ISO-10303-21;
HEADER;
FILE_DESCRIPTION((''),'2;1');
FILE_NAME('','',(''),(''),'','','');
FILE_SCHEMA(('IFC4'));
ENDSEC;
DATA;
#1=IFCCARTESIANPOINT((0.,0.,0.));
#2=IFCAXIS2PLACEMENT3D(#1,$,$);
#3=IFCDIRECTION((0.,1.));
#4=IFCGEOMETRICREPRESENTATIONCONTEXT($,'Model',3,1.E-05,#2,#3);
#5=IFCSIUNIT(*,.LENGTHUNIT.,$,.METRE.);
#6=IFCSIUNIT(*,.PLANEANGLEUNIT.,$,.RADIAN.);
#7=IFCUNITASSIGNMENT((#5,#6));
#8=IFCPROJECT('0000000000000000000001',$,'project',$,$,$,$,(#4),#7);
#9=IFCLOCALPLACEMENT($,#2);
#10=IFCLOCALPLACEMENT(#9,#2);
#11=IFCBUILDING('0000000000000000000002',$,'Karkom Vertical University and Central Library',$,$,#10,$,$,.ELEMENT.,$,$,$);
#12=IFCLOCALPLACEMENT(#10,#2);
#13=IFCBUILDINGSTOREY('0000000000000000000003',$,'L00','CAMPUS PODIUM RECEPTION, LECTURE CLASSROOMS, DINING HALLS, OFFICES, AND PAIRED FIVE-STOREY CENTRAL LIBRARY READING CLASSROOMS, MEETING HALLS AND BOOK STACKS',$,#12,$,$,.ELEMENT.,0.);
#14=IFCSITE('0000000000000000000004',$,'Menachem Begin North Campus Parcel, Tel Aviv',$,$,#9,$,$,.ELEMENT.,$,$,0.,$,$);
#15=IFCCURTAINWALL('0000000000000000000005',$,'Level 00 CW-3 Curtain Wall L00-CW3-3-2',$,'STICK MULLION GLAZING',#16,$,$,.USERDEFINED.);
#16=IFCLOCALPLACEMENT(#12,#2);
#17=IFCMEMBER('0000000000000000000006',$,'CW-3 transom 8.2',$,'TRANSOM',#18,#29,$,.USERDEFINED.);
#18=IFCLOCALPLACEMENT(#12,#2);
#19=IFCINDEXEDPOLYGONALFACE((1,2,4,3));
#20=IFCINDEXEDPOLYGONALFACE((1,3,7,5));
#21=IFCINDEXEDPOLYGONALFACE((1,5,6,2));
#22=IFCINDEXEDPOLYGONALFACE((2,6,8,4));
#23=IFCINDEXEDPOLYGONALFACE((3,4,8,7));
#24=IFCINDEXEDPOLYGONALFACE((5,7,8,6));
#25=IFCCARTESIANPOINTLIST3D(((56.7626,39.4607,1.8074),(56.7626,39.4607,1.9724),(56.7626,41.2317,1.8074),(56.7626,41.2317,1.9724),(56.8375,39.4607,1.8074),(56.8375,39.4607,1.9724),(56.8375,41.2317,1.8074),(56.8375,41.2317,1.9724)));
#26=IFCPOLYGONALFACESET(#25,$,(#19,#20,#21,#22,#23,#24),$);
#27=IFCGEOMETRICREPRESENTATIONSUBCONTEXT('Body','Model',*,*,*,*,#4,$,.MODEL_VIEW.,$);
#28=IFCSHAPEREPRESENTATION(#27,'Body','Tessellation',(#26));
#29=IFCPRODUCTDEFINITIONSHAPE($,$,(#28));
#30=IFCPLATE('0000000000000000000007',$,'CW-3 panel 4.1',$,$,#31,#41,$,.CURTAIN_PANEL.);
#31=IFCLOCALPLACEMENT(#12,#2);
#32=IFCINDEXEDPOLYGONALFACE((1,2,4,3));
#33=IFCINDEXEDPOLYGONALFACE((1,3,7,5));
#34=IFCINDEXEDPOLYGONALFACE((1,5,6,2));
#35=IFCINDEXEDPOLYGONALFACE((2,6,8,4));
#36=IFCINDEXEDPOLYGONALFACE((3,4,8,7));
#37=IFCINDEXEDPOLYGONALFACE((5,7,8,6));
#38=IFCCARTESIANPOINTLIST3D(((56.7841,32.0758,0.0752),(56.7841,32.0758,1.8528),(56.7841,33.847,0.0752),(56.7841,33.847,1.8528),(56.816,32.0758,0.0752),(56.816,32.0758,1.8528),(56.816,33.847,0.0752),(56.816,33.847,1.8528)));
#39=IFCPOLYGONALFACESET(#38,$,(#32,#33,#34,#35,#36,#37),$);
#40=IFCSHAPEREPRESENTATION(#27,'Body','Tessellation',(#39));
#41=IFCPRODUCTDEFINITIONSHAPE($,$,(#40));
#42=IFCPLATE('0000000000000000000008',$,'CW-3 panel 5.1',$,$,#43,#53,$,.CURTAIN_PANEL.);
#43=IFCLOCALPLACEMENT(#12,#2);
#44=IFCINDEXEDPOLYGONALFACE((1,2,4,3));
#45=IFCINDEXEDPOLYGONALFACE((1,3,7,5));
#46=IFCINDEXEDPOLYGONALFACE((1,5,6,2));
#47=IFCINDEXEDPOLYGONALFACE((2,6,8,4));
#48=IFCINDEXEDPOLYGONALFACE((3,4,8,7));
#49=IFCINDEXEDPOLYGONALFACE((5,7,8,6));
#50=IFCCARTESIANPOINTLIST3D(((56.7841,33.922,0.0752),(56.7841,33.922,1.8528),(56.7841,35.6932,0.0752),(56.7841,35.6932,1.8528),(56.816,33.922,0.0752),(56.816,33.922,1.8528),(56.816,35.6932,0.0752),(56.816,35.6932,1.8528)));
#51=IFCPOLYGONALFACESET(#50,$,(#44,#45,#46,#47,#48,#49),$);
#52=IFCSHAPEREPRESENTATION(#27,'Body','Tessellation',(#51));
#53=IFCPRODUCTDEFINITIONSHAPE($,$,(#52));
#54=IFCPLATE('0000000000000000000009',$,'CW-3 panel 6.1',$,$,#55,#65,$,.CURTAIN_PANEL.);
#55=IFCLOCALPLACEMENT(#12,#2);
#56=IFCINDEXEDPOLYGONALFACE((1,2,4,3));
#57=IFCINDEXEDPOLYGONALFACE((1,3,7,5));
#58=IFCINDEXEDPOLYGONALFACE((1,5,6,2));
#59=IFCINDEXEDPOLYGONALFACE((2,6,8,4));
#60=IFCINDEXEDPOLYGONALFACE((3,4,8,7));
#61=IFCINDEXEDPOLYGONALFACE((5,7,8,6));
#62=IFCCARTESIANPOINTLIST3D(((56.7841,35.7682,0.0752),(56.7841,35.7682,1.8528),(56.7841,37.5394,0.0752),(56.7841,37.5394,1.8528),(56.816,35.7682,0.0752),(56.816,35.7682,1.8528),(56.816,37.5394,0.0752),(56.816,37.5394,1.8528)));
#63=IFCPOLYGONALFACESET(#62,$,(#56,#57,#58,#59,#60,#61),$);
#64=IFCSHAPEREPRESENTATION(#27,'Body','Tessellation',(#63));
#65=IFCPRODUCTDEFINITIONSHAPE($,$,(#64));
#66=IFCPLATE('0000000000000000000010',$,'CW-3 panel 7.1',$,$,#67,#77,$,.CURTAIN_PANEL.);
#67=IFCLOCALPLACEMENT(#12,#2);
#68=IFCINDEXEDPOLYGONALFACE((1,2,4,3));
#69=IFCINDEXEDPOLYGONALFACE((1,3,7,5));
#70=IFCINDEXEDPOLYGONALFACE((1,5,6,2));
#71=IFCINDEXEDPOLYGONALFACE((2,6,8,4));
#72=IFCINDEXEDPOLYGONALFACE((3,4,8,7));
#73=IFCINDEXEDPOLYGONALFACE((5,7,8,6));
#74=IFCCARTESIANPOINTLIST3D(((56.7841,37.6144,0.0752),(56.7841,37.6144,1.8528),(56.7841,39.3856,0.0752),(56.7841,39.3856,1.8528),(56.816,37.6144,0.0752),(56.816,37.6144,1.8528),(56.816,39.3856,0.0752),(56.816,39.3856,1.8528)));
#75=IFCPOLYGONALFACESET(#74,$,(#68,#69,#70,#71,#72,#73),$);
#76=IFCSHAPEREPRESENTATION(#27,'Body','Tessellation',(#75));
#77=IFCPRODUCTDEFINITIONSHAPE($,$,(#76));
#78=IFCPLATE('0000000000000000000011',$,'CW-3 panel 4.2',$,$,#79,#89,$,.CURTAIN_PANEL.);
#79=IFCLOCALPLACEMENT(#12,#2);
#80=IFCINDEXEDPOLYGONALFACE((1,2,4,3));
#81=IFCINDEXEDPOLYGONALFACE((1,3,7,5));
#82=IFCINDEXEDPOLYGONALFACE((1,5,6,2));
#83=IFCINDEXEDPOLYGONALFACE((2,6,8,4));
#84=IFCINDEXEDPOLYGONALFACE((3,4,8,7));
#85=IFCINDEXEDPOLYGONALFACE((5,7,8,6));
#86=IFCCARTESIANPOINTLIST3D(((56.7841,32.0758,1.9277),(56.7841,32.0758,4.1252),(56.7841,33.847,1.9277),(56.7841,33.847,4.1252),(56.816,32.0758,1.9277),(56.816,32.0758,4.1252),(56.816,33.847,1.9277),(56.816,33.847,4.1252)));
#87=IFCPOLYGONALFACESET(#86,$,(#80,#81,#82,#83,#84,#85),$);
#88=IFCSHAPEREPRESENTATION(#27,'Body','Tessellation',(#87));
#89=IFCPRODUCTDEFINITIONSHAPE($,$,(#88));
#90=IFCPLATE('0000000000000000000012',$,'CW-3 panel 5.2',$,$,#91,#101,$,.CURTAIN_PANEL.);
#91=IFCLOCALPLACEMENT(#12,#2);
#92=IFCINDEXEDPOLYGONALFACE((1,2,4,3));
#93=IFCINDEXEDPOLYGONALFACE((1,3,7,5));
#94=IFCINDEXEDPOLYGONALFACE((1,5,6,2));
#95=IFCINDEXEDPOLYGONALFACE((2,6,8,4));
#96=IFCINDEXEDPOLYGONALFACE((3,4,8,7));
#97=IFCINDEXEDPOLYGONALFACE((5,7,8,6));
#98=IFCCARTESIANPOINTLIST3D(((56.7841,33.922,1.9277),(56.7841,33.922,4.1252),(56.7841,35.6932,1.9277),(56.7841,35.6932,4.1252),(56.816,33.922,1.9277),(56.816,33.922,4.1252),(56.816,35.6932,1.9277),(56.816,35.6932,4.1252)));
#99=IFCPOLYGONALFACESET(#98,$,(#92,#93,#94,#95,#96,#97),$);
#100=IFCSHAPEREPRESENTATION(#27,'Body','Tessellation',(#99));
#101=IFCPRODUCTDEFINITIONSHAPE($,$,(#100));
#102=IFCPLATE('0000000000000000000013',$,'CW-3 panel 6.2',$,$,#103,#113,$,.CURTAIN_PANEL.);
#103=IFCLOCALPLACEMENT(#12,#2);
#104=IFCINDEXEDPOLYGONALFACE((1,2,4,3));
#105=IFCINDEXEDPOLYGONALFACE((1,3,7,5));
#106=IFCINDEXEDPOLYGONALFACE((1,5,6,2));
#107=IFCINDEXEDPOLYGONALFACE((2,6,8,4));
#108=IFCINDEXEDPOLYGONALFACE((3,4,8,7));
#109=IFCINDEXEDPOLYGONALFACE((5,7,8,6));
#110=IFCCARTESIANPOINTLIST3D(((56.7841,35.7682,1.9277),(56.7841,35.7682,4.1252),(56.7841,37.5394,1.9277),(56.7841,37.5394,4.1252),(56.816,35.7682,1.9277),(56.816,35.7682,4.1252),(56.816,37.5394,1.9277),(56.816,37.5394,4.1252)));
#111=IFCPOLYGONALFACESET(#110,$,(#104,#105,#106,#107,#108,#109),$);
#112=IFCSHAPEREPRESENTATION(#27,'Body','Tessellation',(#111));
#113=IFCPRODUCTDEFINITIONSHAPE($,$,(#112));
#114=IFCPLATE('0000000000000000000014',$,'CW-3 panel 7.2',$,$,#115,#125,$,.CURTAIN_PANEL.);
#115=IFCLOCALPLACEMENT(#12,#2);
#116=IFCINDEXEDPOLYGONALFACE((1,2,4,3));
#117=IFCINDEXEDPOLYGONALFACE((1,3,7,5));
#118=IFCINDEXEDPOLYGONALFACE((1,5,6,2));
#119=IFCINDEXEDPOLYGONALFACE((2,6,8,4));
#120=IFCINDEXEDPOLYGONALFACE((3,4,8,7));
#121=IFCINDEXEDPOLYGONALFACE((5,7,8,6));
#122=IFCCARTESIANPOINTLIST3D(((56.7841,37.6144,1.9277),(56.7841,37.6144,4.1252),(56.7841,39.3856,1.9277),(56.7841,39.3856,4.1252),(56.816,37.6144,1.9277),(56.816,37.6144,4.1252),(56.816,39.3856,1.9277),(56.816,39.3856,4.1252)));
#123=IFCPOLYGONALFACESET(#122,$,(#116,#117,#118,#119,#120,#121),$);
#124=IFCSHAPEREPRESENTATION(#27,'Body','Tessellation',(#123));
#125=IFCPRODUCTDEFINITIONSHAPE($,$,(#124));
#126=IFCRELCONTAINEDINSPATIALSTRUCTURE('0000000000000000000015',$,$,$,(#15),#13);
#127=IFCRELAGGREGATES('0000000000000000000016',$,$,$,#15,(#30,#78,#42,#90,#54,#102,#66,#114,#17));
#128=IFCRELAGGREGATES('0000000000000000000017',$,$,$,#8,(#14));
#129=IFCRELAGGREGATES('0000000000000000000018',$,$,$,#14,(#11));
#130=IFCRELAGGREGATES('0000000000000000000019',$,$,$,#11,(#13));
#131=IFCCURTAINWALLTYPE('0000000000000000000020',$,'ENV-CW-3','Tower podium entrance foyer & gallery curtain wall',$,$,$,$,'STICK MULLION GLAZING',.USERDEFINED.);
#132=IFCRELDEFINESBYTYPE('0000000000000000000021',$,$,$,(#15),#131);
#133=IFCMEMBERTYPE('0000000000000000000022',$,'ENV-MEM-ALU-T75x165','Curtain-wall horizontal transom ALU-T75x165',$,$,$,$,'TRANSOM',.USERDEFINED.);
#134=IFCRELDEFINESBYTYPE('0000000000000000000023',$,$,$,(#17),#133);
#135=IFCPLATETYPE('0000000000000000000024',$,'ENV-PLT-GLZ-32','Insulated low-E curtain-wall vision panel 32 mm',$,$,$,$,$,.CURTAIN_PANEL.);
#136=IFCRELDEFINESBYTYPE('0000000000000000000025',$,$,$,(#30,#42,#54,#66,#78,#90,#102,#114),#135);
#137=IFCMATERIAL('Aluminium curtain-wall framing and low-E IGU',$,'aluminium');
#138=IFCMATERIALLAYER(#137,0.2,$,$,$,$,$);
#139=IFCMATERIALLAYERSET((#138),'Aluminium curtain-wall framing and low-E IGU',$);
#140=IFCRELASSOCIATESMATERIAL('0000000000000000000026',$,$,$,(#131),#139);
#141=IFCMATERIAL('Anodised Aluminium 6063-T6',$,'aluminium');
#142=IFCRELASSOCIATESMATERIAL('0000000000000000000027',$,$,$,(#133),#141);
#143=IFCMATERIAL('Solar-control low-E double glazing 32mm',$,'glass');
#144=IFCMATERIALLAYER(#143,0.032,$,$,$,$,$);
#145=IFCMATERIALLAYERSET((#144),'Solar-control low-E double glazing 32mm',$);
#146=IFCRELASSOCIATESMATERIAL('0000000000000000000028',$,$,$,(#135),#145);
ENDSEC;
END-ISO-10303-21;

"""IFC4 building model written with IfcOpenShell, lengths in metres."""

from ifc_helpers import new_model, si_unit, direction, frame, origin, origin_with_axes, origin_2d, place, context, subcontext, project, spatial, rectangle, extrude, source, transform, mapped, material, layer, layer_set, material_profile, profile_set, type_object, element, aggregate, save


model = new_model("IFC4")

# Units and contexts
model_context = context("Model", 3, precision=1e-05, world=origin(), true_north=direction((0.0, 1.0)))
body_context = subcontext(model_context, "Body", "Model", "MODEL_VIEW")
ifc_project = project(units=[si_unit("LENGTHUNIT", "METRE"), si_unit("PLANEANGLEUNIT", "RADIAN")], contexts=[model_context])

# Site, building, storey
site_placement = place(None, origin())
site = spatial("IfcSite", under=ifc_project, at=site_placement, Name="Menachem Begin North Campus Parcel, Tel Aviv", CompositionType="ELEMENT", RefElevation=0.0)
building_placement = place(site_placement, origin())
building = spatial("IfcBuilding", under=site, at=building_placement, Name="Karkom Vertical University and Central Library", CompositionType="ELEMENT")
storey_placement = place(building_placement, origin())
storey = spatial("IfcBuildingStorey", under=building, at=storey_placement, Name="L00", Description="CAMPUS PODIUM RECEPTION, LECTURE CLASSROOMS, DINING HALLS, OFFICES, AND PAIRED FIVE-STOREY CENTRAL LIBRARY READING CLASSROOMS, MEETING HALLS AND BOOK STACKS", CompositionType="ELEMENT", Elevation=0.0)

# Curtain wall, member, plates
ifc_material_1 = material(Name="Aluminium curtain-wall framing and low-E IGU", Category="aluminium")
ifc_layer_1 = layer(ifc_material_1, 0.2)
ifc_layer_set_1 = layer_set([ifc_layer_1], Name="Aluminium curtain-wall framing and low-E IGU")
curtain_wall_type = type_object("IfcCurtainWallType", Name="ENV-CW-3", Description="Tower podium entrance foyer & gallery curtain wall", ElementType="STICK MULLION GLAZING", PredefinedType="USERDEFINED", material=ifc_layer_set_1)
curtain_wall_placement = place(storey_placement, origin())
curtain_wall = element("IfcCurtainWall", 1, at=curtain_wall_placement, inside=storey, type_object=curtain_wall_type, Name="Level 00 CW-3 Curtain Wall L00-CW3-3-2", ObjectType="STICK MULLION GLAZING", PredefinedType="USERDEFINED")
ifc_material_2 = material(Name="Anodised Aluminium 6063-T6", Category="aluminium")
ifc_material_profile_1 = material_profile(ifc_material_2, rectangle(XDim=0.075, YDim=0.165, at=origin_2d()), Name="ALU-T75x165")
ifc_profile_set_1 = profile_set([ifc_material_profile_1], Name="Anodised Aluminium 6063-T6")
member_type_1 = type_object("IfcMemberType", Name="ENV-MEM-ALU-T75x165", Description="Curtain-wall horizontal transom ALU-T75x165", ElementType="TRANSOM", PredefinedType="USERDEFINED", material=ifc_profile_set_1)
shared_shape_1 = source(origin_with_axes(), body_context, "Body", "SweptSolid", [
    extrude(rectangle(XDim=0.075, YDim=0.165, at=origin_2d()), origin(), (0.0, 0.0, 1.0), 1.771),
])
member_1_placement = place(storey_placement, frame((56.8, 39.4607, 1.8899), z_axis=(0.0, 1.0, 0.0), x_axis=(-1.0, 0.0, 0.0)))
member_1 = element("IfcMember", 2, at=member_1_placement, type_object=member_type_1, Name="CW-3 transom 8.2", ObjectType="TRANSOM", PredefinedType="USERDEFINED", context=body_context, shape_type="MappedRepresentation", body=[
    mapped(shared_shape_1, transform((0.0, 0.0, 0.0), scale=1.0)),
])
ifc_material_3 = material(Name="Solar-control low-E double glazing 32mm", Category="glass")
ifc_layer_2 = layer(ifc_material_3, 0.032)
ifc_layer_set_2 = layer_set([ifc_layer_2], Name="Solar-control low-E double glazing 32mm")
plate_type = type_object("IfcPlateType", Name="ENV-PLT-GLZ-32", Description="Insulated low-E curtain-wall vision panel 32 mm", PredefinedType="CURTAIN_PANEL", material=ifc_layer_set_2)
shared_shape_2 = source(origin_with_axes(), body_context, "Body", "SweptSolid", [
    extrude(rectangle(XDim=1.7712, YDim=0.032, at=origin_2d()), origin(), (0.0, 0.0, 1.0), 1.7776),
])
plate_1_placement = place(storey_placement, frame((56.8, 32.9614, 0.0752), z_axis=(0.0, 0.0, 1.0), x_axis=(0.0, 1.0, 0.0)))
plate_1 = element("IfcPlate", 3, at=plate_1_placement, type_object=plate_type, Name="CW-3 panel 4.1", PredefinedType="CURTAIN_PANEL", context=body_context, shape_type="MappedRepresentation", body=[
    mapped(shared_shape_2, transform((0.0, 0.0, 0.0), scale=1.0)),
])
plate_2_placement = place(storey_placement, frame((56.8, 34.8076, 0.0752), z_axis=(0.0, 0.0, 1.0), x_axis=(0.0, 1.0, 0.0)))
plate_2 = element("IfcPlate", 4, at=plate_2_placement, type_object=plate_type, Name="CW-3 panel 5.1", PredefinedType="CURTAIN_PANEL", context=body_context, shape_type="MappedRepresentation", body=[
    mapped(shared_shape_2, transform((0.0, 0.0, 0.0), scale=1.0)),
])
plate_3_placement = place(storey_placement, frame((56.8, 36.6538, 0.0752), z_axis=(0.0, 0.0, 1.0), x_axis=(0.0, 1.0, 0.0)))
plate_3 = element("IfcPlate", 5, at=plate_3_placement, type_object=plate_type, Name="CW-3 panel 6.1", PredefinedType="CURTAIN_PANEL", context=body_context, shape_type="MappedRepresentation", body=[
    mapped(shared_shape_2, transform((0.0, 0.0, 0.0), scale=1.0)),
])
plate_4_placement = place(storey_placement, frame((56.8, 38.5, 0.0752), z_axis=(0.0, 0.0, 1.0), x_axis=(0.0, 1.0, 0.0)))
plate_4 = element("IfcPlate", 6, at=plate_4_placement, type_object=plate_type, Name="CW-3 panel 7.1", PredefinedType="CURTAIN_PANEL", context=body_context, shape_type="MappedRepresentation", body=[
    mapped(shared_shape_2, transform((0.0, 0.0, 0.0), scale=1.0)),
])
shared_shape_3 = source(origin_with_axes(), body_context, "Body", "SweptSolid", [
    extrude(rectangle(XDim=1.7712, YDim=0.032, at=origin_2d()), origin(), (0.0, 0.0, 1.0), 2.1975),
])
plate_5_placement = place(storey_placement, frame((56.8, 32.9614, 1.9277), z_axis=(0.0, 0.0, 1.0), x_axis=(0.0, 1.0, 0.0)))
plate_5 = element("IfcPlate", 7, at=plate_5_placement, type_object=plate_type, Name="CW-3 panel 4.2", PredefinedType="CURTAIN_PANEL", context=body_context, shape_type="MappedRepresentation", body=[
    mapped(shared_shape_3, transform((0.0, 0.0, 0.0), scale=1.0)),
])
plate_6_placement = place(storey_placement, frame((56.8, 34.8076, 1.9277), z_axis=(0.0, 0.0, 1.0), x_axis=(0.0, 1.0, 0.0)))
plate_6 = element("IfcPlate", 8, at=plate_6_placement, type_object=plate_type, Name="CW-3 panel 5.2", PredefinedType="CURTAIN_PANEL", context=body_context, shape_type="MappedRepresentation", body=[
    mapped(shared_shape_3, transform((0.0, 0.0, 0.0), scale=1.0)),
])
plate_7_placement = place(storey_placement, frame((56.8, 36.6538, 1.9277), z_axis=(0.0, 0.0, 1.0), x_axis=(0.0, 1.0, 0.0)))
plate_7 = element("IfcPlate", 9, at=plate_7_placement, type_object=plate_type, Name="CW-3 panel 6.2", PredefinedType="CURTAIN_PANEL", context=body_context, shape_type="MappedRepresentation", body=[
    mapped(shared_shape_3, transform((0.0, 0.0, 0.0), scale=1.0)),
])
plate_8_placement = place(storey_placement, frame((56.8, 38.5, 1.9277), z_axis=(0.0, 0.0, 1.0), x_axis=(0.0, 1.0, 0.0)))
plate_8 = element("IfcPlate", 10, at=plate_8_placement, type_object=plate_type, Name="CW-3 panel 7.2", PredefinedType="CURTAIN_PANEL", context=body_context, shape_type="MappedRepresentation", body=[
    mapped(shared_shape_3, transform((0.0, 0.0, 0.0), scale=1.0)),
])
aggregate(curtain_wall, [plate_1, plate_5, plate_2, plate_6, plate_3, plate_7, plate_4, plate_8, member_1])

save(model, "model.ifc")
